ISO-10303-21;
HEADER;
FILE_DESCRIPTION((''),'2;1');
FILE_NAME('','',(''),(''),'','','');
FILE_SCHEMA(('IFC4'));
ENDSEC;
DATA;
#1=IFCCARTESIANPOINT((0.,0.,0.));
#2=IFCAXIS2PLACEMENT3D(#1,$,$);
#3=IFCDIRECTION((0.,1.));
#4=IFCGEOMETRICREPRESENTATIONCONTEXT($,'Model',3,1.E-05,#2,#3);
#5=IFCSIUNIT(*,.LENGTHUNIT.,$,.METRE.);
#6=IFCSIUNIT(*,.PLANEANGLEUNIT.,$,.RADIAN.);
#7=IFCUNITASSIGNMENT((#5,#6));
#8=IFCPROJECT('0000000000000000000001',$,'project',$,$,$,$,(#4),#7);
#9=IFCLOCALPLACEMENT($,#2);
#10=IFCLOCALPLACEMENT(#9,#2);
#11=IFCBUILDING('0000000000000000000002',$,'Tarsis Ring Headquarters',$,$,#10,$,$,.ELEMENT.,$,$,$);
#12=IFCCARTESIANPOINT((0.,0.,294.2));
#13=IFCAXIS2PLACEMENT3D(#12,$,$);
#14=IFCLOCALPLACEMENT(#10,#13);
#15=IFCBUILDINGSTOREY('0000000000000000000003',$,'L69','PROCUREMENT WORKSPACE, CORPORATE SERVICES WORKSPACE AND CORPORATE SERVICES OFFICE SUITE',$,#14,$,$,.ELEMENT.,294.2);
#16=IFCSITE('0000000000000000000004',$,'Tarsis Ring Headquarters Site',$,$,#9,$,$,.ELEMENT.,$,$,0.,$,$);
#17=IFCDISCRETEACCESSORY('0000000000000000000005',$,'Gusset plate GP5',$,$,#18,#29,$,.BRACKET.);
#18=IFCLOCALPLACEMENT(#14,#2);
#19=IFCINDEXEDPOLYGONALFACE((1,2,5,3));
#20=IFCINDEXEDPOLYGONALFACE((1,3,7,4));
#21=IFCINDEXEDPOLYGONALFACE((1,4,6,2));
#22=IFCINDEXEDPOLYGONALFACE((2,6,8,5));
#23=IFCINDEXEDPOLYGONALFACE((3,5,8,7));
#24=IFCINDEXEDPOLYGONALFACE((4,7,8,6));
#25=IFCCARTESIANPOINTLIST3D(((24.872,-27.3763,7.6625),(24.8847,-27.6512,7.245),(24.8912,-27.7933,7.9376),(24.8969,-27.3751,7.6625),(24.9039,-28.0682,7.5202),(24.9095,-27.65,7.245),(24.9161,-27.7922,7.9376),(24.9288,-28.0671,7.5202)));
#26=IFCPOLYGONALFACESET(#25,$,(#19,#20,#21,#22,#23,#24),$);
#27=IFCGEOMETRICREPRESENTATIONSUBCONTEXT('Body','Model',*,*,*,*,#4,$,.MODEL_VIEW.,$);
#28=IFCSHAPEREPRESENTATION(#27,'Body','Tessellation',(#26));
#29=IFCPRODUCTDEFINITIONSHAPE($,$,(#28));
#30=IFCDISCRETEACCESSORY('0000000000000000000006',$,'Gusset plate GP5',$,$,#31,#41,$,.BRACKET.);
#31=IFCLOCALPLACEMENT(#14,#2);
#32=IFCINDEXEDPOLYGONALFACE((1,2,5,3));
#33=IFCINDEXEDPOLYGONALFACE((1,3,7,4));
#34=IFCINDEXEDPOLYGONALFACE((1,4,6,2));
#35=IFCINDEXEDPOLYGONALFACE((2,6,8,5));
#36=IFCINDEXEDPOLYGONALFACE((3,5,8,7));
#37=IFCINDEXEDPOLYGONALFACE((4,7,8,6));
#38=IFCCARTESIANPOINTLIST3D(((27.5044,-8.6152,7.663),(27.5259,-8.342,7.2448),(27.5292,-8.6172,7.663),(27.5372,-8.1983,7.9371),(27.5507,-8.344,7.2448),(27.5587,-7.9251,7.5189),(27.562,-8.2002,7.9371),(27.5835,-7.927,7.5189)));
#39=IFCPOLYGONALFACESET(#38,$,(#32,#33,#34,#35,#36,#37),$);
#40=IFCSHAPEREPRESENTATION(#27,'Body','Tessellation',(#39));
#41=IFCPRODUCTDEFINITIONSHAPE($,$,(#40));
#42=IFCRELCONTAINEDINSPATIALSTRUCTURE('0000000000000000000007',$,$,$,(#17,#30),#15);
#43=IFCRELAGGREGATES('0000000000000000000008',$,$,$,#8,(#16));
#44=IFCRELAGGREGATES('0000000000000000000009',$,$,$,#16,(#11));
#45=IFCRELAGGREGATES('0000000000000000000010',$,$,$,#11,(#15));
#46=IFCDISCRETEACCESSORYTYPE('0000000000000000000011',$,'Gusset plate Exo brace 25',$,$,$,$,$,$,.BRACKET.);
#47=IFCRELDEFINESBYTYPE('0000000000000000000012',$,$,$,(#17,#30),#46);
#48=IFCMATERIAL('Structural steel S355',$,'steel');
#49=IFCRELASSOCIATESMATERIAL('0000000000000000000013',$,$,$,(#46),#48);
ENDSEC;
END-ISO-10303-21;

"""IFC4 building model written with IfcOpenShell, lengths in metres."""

from ifc_helpers import new_model, si_unit, direction, frame, origin, origin_2d, place, context, subcontext, project, spatial, rectangle, extrude, material, material_profile, profile_set, type_object, element, save


model = new_model("IFC4")

# Units and contexts
model_context = context("Model", 3, precision=1e-05, world=origin(), true_north=direction((0.0, 1.0)))
body_context = subcontext(model_context, "Body", "Model", "MODEL_VIEW")
ifc_project = project(units=[si_unit("LENGTHUNIT", "METRE"), si_unit("PLANEANGLEUNIT", "RADIAN")], contexts=[model_context])

# Site, building, storey
site_placement = place(None, origin())
site = spatial("IfcSite", under=ifc_project, at=site_placement, Name="Tarsis Ring Headquarters Site", CompositionType="ELEMENT", RefElevation=0.0)
building_placement = place(site_placement, origin())
building = spatial("IfcBuilding", under=site, at=building_placement, Name="Tarsis Ring Headquarters", CompositionType="ELEMENT")
storey_placement = place(building_placement, frame((0.0, 0.0, 294.2)))
storey = spatial("IfcBuildingStorey", under=building, at=storey_placement, Name="L69", Description="PROCUREMENT WORKSPACE, CORPORATE SERVICES WORKSPACE AND CORPORATE SERVICES OFFICE SUITE", CompositionType="ELEMENT", Elevation=294.2)

# Shared definitions
ifc_material_1 = material(Name="Structural steel S355", Category="steel")

# Discrete accessories
ifc_material_profile_1 = material_profile(ifc_material_1, rectangle(XDim=0.0249, YDim=0.5, at=origin_2d()), Name="PL 25x500")
ifc_profile_set_1 = profile_set([ifc_material_profile_1], Name="Structural steel S355")
discrete_accessory_type = type_object("IfcDiscreteAccessoryType", Name="Gusset plate Exo brace 25", PredefinedType="BRACKET", material=ifc_profile_set_1)
for number, where, z_axis, x_axis, name in (
    (1, (24.894, -27.5842, 7.8), (0.025389, -0.54978, -0.834924), (0.998935, 0.046132, 0.0), "Gusset plate GP5"),
    (2, (27.5332, -8.4077, 7.8), (0.042969, 0.546389, -0.836429), (-0.996922, 0.0784, 0.0), "Gusset plate GP5"),
):
    element("IfcDiscreteAccessory", number, at=place(storey_placement, frame(where, z_axis=z_axis, x_axis=x_axis)), inside=storey, type_object=discrete_accessory_type, Name=name, PredefinedType="BRACKET", context=body_context, shape_type="SweptSolid", body=[
        extrude(rectangle(XDim=0.0249, YDim=0.5, at=origin_2d()), origin(), (0.0, 0.0, 1.0), 0.5),
    ])

save(model, "model.ifc")
